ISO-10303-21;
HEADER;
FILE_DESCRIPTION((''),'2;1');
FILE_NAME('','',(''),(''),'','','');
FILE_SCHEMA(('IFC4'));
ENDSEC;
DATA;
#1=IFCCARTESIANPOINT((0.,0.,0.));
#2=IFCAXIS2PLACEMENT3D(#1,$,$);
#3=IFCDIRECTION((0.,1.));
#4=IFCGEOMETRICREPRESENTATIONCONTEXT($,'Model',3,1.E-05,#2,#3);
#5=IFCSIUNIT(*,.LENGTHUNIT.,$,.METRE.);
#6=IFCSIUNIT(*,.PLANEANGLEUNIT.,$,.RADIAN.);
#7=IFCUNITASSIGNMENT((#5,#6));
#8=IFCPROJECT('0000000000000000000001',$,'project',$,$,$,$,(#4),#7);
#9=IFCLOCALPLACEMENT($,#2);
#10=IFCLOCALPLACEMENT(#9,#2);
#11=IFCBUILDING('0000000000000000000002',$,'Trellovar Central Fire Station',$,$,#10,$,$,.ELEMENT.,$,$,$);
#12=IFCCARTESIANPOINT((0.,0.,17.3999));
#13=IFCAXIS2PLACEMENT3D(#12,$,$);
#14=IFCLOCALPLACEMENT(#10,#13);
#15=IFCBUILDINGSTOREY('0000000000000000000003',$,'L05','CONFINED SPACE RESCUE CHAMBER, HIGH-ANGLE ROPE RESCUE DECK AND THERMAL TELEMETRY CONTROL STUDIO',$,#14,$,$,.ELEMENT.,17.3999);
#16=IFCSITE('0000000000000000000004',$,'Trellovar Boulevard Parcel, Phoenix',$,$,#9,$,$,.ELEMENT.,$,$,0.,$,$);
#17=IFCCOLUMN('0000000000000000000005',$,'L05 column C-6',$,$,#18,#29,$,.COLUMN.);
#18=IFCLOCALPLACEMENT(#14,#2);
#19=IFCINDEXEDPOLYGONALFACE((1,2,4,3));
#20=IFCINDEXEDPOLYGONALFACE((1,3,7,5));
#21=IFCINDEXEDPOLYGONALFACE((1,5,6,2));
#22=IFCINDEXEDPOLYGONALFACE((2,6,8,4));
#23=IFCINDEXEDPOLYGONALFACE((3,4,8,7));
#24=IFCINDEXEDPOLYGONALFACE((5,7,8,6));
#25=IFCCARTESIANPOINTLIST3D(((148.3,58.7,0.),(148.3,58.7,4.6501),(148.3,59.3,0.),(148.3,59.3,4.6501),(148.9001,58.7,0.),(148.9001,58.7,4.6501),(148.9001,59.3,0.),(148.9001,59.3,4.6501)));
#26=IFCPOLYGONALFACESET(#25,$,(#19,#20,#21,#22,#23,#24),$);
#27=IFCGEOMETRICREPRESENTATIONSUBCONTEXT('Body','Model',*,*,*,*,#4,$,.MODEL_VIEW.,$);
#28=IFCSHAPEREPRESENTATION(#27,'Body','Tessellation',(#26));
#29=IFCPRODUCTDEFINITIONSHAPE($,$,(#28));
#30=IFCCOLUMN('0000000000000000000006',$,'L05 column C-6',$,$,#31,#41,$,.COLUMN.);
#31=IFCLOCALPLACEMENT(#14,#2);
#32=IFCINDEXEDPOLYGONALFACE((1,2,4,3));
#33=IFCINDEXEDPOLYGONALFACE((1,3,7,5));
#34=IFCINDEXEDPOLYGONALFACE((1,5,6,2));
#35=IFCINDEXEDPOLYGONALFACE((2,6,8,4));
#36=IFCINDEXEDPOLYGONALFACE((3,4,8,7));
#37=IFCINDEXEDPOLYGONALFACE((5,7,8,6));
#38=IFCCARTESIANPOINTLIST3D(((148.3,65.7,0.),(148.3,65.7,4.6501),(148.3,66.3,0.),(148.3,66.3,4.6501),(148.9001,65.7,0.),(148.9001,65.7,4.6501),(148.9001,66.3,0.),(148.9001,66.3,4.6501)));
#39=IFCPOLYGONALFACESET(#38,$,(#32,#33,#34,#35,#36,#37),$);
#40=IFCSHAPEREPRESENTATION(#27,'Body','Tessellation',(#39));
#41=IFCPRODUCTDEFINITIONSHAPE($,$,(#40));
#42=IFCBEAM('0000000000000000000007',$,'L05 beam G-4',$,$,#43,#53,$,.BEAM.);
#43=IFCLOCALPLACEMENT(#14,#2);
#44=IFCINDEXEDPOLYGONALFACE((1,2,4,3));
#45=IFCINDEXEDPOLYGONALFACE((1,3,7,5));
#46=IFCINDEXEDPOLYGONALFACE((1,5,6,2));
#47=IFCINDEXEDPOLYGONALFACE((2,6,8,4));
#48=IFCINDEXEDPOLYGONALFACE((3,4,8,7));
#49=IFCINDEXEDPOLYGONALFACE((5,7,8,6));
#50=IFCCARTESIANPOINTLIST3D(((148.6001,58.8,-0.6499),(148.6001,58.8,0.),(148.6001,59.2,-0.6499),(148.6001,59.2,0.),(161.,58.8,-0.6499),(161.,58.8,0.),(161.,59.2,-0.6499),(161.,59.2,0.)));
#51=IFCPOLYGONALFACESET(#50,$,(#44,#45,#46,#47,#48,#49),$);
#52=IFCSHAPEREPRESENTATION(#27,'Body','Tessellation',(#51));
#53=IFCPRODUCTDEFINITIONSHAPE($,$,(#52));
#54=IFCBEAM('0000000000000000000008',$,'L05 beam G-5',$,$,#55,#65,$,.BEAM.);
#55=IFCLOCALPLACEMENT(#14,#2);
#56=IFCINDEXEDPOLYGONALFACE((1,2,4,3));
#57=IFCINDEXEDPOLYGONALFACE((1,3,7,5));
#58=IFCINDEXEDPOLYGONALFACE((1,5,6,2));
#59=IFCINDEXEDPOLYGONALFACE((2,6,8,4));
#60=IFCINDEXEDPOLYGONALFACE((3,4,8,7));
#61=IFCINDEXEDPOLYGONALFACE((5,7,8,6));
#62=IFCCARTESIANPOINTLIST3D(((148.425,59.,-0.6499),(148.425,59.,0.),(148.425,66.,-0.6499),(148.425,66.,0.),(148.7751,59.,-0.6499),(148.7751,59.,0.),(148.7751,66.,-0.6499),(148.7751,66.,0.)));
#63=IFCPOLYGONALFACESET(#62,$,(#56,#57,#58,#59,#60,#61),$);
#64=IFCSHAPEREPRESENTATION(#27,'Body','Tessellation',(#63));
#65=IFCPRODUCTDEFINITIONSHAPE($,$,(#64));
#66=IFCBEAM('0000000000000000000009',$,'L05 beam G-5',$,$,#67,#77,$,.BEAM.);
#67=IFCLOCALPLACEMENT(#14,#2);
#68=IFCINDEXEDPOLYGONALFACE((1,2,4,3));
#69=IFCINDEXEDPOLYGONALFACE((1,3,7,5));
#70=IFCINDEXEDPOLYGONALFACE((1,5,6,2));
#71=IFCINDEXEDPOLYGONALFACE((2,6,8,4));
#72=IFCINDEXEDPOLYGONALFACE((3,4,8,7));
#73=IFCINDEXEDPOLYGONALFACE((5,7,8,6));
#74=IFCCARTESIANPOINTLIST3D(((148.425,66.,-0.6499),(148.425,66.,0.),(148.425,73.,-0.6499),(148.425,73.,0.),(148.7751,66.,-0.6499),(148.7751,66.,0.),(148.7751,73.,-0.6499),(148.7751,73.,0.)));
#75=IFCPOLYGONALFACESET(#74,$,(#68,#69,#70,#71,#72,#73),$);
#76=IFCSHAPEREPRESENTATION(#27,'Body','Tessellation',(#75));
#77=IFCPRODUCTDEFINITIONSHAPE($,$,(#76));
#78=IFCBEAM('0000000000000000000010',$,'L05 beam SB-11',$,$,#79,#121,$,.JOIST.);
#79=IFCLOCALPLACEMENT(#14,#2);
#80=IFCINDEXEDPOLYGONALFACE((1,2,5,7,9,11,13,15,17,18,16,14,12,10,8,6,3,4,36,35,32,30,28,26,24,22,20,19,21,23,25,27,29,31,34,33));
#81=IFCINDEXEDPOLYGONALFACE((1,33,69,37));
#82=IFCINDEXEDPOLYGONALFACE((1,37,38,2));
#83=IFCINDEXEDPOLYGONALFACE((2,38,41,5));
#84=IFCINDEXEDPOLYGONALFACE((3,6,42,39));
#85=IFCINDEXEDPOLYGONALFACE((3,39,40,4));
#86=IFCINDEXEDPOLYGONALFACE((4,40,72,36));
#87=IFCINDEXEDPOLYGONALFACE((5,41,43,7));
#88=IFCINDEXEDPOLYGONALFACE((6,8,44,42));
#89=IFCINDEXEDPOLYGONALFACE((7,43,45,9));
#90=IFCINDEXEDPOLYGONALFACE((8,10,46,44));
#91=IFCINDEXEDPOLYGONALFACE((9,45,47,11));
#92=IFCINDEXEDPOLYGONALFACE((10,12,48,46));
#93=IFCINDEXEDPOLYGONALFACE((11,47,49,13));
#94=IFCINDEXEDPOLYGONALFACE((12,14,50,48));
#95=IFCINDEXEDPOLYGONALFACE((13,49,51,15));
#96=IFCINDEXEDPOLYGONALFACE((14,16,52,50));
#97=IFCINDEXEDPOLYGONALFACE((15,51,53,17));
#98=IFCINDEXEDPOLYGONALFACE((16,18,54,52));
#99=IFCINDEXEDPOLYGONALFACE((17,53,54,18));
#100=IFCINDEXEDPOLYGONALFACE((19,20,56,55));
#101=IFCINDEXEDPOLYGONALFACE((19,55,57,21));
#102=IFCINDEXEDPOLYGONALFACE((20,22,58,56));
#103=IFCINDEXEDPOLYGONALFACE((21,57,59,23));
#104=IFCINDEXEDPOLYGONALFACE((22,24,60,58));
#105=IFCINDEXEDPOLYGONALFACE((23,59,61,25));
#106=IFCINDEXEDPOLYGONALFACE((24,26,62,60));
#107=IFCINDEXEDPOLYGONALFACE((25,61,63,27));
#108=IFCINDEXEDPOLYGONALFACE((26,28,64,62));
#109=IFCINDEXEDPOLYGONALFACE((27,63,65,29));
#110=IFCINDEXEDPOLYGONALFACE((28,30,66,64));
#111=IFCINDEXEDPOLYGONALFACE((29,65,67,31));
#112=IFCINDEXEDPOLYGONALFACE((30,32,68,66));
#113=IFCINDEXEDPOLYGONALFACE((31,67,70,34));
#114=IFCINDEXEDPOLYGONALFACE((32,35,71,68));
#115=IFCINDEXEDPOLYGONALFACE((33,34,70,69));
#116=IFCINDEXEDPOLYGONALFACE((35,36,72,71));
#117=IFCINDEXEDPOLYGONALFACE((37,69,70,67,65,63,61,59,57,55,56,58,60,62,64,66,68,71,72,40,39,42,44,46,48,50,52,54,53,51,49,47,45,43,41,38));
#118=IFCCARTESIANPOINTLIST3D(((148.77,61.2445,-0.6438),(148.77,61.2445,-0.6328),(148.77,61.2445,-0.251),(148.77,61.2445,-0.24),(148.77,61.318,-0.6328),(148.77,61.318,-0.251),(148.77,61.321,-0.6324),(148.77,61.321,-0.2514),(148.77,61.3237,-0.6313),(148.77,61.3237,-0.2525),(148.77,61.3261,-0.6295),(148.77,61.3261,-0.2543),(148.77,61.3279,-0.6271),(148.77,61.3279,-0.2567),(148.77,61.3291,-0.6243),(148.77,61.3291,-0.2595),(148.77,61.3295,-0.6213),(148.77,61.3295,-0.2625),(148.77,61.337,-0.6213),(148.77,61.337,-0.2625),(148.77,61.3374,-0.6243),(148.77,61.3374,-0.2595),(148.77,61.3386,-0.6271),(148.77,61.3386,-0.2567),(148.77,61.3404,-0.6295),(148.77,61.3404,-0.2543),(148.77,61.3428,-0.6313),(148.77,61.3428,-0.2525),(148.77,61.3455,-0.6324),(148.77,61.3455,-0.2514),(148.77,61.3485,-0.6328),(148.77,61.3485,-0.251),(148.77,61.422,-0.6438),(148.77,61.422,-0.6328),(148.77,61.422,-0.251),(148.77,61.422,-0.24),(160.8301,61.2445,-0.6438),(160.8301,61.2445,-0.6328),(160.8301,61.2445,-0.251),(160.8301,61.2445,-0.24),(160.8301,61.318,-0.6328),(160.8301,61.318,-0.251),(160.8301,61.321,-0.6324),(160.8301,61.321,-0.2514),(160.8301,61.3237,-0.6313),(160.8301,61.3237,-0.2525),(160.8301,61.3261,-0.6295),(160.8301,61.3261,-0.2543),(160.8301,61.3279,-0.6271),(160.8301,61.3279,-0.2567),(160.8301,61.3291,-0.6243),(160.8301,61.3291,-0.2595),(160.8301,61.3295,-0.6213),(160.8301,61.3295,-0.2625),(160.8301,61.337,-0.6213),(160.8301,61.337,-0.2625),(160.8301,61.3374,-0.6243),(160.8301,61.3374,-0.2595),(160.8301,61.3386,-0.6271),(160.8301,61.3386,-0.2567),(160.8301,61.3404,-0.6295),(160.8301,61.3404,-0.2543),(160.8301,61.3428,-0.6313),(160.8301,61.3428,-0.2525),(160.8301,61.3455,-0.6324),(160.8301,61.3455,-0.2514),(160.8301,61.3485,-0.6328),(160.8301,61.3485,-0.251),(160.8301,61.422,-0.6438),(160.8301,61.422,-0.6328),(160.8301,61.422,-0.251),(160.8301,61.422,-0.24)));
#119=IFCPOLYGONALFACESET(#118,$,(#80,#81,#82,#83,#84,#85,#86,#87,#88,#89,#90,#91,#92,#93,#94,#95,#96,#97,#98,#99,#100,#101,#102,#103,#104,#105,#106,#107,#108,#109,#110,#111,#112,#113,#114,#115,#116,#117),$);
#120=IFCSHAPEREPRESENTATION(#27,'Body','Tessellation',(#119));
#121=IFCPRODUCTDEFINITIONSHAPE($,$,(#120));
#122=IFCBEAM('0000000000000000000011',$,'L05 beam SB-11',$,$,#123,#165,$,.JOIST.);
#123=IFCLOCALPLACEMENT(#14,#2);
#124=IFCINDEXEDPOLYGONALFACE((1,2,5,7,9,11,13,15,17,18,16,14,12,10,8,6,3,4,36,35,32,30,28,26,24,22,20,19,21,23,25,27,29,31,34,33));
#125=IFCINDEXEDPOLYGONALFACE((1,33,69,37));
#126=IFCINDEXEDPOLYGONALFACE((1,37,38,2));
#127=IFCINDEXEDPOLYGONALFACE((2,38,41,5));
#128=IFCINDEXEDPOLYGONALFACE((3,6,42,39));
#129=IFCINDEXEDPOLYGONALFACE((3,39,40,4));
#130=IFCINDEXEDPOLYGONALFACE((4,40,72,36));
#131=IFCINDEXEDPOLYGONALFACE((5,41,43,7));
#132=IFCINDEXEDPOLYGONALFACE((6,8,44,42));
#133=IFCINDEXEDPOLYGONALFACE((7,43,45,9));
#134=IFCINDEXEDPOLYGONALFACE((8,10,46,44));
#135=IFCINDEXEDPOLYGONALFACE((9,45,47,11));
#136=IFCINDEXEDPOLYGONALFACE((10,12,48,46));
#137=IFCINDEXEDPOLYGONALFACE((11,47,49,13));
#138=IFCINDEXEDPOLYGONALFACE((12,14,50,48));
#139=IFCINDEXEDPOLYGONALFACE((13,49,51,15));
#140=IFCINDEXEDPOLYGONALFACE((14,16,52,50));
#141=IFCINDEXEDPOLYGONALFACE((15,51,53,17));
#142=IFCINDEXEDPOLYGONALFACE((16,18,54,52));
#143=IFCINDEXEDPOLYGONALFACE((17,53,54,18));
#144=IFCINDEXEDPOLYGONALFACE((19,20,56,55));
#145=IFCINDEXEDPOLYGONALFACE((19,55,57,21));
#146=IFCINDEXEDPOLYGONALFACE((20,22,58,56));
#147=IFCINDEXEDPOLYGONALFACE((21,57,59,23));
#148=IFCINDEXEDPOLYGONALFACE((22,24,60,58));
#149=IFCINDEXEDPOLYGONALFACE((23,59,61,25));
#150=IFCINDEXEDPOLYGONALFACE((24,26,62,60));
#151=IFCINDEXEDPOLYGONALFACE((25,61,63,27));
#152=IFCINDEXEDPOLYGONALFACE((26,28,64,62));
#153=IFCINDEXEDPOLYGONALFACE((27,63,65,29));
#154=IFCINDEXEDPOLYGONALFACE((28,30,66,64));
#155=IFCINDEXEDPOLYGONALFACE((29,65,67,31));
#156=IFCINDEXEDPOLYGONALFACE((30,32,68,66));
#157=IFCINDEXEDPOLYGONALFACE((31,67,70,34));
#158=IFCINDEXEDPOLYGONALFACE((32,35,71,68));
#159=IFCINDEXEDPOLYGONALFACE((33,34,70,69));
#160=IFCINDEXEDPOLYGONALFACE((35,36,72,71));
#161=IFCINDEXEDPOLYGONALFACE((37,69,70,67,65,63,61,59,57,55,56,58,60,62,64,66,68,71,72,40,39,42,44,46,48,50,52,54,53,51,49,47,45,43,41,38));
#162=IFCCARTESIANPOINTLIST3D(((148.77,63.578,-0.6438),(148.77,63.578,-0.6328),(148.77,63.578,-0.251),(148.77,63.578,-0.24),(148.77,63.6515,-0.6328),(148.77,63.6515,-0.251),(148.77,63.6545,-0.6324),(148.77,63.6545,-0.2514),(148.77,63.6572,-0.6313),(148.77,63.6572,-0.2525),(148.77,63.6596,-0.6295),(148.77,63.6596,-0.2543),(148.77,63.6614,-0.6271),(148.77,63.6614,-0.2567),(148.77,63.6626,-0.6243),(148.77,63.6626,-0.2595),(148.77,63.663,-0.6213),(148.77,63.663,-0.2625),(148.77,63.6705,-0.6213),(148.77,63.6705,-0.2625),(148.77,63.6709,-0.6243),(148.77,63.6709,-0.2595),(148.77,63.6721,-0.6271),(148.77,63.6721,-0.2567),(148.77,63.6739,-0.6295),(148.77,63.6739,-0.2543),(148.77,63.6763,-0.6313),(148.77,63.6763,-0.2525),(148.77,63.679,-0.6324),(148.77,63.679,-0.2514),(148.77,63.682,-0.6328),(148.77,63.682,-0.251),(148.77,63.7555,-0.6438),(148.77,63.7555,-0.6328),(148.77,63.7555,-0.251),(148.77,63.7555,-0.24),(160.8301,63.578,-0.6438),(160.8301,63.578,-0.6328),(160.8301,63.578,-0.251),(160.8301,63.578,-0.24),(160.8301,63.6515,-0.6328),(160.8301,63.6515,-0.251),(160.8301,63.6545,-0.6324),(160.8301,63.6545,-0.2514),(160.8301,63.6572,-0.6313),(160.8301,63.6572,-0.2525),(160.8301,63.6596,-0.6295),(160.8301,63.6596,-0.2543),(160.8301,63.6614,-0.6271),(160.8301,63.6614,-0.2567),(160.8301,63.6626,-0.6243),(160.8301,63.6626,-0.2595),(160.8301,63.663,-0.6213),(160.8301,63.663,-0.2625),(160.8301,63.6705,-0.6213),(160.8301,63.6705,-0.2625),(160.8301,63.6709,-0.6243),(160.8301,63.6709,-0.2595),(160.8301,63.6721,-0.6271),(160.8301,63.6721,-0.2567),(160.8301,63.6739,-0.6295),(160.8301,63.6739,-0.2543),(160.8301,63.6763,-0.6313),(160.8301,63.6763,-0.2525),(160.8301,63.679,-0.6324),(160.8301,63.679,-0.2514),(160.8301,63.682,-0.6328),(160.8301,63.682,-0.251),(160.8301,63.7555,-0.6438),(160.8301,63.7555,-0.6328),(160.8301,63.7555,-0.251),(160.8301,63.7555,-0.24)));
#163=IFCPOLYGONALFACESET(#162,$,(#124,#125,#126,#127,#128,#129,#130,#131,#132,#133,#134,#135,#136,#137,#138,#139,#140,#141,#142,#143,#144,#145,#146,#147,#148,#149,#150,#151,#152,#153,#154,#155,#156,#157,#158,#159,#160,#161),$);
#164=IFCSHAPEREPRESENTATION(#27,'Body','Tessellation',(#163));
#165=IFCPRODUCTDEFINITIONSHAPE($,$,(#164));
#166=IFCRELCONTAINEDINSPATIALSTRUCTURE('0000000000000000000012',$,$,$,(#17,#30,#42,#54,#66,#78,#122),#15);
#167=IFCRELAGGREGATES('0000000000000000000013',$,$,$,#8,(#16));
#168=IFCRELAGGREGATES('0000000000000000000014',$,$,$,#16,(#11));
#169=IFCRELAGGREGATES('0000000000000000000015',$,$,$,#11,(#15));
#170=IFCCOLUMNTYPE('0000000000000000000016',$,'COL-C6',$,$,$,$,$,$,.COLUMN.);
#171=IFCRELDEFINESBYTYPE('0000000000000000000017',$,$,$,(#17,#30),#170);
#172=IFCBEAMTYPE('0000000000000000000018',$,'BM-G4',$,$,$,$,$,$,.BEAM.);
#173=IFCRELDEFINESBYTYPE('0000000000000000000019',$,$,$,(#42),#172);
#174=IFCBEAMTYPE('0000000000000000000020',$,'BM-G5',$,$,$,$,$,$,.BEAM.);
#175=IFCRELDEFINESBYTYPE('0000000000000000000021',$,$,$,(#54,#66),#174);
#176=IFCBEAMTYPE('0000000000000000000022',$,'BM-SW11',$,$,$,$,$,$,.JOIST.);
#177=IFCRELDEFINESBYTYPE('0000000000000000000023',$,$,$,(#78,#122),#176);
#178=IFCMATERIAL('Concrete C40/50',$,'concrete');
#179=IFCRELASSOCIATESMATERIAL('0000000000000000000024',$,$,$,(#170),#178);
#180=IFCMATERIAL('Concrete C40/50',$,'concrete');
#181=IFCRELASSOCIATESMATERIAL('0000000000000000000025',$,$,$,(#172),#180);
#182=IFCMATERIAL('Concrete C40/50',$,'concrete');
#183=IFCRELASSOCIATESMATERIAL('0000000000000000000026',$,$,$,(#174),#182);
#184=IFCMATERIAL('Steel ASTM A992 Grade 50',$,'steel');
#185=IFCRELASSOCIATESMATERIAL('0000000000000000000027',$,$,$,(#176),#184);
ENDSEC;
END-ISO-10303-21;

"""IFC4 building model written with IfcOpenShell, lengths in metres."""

from ifc_helpers import new_model, si_unit, direction, frame, origin, origin_2d, place, context, subcontext, project, spatial, rectangle, i_section, extrude, material, material_profile, profile_set, type_object, element, save


model = new_model("IFC4")

# Units and contexts
model_context = context("Model", 3, precision=1e-05, world=origin(), true_north=direction((0.0, 1.0)))
body_context = subcontext(model_context, "Body", "Model", "MODEL_VIEW")
ifc_project = project(units=[si_unit("LENGTHUNIT", "METRE"), si_unit("PLANEANGLEUNIT", "RADIAN")], contexts=[model_context])

# Site, building, storey
site_placement = place(None, origin())
site = spatial("IfcSite", under=ifc_project, at=site_placement, Name="Trellovar Boulevard Parcel, Phoenix", CompositionType="ELEMENT", RefElevation=0.0)
building_placement = place(site_placement, origin())
building = spatial("IfcBuilding", under=site, at=building_placement, Name="Trellovar Central Fire Station", CompositionType="ELEMENT")
storey_placement = place(building_placement, frame((0.0, 0.0, 17.3999)))
storey = spatial("IfcBuildingStorey", under=building, at=storey_placement, Name="L05", Description="CONFINED SPACE RESCUE CHAMBER, HIGH-ANGLE ROPE RESCUE DECK AND THERMAL TELEMETRY CONTROL STUDIO", CompositionType="ELEMENT", Elevation=17.3999)

# Columns
ifc_material_1 = material(Name="Concrete C40/50", Category="concrete")
ifc_material_profile_1 = material_profile(ifc_material_1, rectangle(XDim=0.6001, YDim=0.6001, at=origin_2d()), Name="RC600X600")
ifc_profile_set_1 = profile_set([ifc_material_profile_1], Name="Concrete C40/50")
column_type = type_object("IfcColumnType", Name="COL-C6", PredefinedType="COLUMN", material=ifc_profile_set_1)
for number, where, z_axis, x_axis, name in (
    (1, (148.6001, 59.0, 0.0), (0.0, 0.0, 1.0), (1.0, 0.0, 0.0), "L05 column C-6"),
    (2, (148.6001, 66.0, 0.0), (0.0, 0.0, 1.0), (1.0, 0.0, 0.0), "L05 column C-6"),
):
    element("IfcColumn", number, at=place(storey_placement, frame(where, z_axis=z_axis, x_axis=x_axis)), inside=storey, type_object=column_type, Name=name, PredefinedType="COLUMN", context=body_context, shape_type="SweptSolid", body=[
        extrude(rectangle(XDim=0.6001, YDim=0.6001, at=origin_2d()), origin(), (0.0, 0.0, 1.0), 4.6501),
    ])

# Beams
ifc_material_2 = material(Name="Concrete C40/50", Category="concrete")
ifc_material_profile_2 = material_profile(ifc_material_2, rectangle(XDim=0.3999, YDim=0.6499, at=origin_2d()), Name="RC400X650")
ifc_profile_set_2 = profile_set([ifc_material_profile_2], Name="Concrete C40/50")
beam_type_1 = type_object("IfcBeamType", Name="BM-G4", PredefinedType="BEAM", material=ifc_profile_set_2)
beam_1_placement = place(storey_placement, frame((148.6001, 59.0, -0.325), z_axis=(1.0, 0.0, 0.0), x_axis=(0.0, 1.0, 0.0)))
element("IfcBeam", 3, at=beam_1_placement, inside=storey, type_object=beam_type_1, Name="L05 beam G-4", PredefinedType="BEAM", context=body_context, shape_type="SweptSolid", body=[
    extrude(rectangle(XDim=0.3999, YDim=0.6499, at=origin_2d()), origin(), (0.0, 0.0, 1.0), 12.3999),
])
ifc_material_3 = material(Name="Concrete C40/50", Category="concrete")
ifc_material_profile_3 = material_profile(ifc_material_3, rectangle(XDim=0.3501, YDim=0.6499, at=origin_2d()), Name="RC350X650")
ifc_profile_set_3 = profile_set([ifc_material_profile_3], Name="Concrete C40/50")
beam_type_2 = type_object("IfcBeamType", Name="BM-G5", PredefinedType="BEAM", material=ifc_profile_set_3)
for number, where, z_axis, x_axis, name in (
    (4, (148.6001, 59.0, -0.325), (0.0, 1.0, 0.0), (-1.0, 0.0, 0.0), "L05 beam G-5"),
    (5, (148.6001, 66.0, -0.325), (0.0, 1.0, 0.0), (-1.0, 0.0, 0.0), "L05 beam G-5"),
):
    element("IfcBeam", number, at=place(storey_placement, frame(where, z_axis=z_axis, x_axis=x_axis)), inside=storey, type_object=beam_type_2, Name=name, PredefinedType="BEAM", context=body_context, shape_type="SweptSolid", body=[
        extrude(rectangle(XDim=0.3501, YDim=0.6499, at=origin_2d()), origin(), (0.0, 0.0, 1.0), 7.0),
    ])
ifc_material_4 = material(Name="Steel ASTM A992 Grade 50", Category="steel")
ifc_material_profile_4 = material_profile(ifc_material_4, i_section(OverallWidth=0.1775, OverallDepth=0.4038, WebThickness=0.0076, FlangeThickness=0.011, FilletRadius=0.0115, at=origin_2d()), Name="W16X36")
ifc_profile_set_4 = profile_set([ifc_material_profile_4], Name="Steel ASTM A992 Grade 50")
beam_type_3 = type_object("IfcBeamType", Name="BM-SW11", PredefinedType="JOIST", material=ifc_profile_set_4)
for number, where, z_axis, x_axis, name in (
    (6, (148.77, 61.3333, -0.4419), (1.0, 0.0, 0.0), (0.0, 1.0, 0.0), "L05 beam SB-11"),
    (7, (148.77, 63.6667, -0.4419), (1.0, 0.0, 0.0), (0.0, 1.0, 0.0), "L05 beam SB-11"),
):
    element("IfcBeam", number, at=place(storey_placement, frame(where, z_axis=z_axis, x_axis=x_axis)), inside=storey, type_object=beam_type_3, Name=name, PredefinedType="JOIST", context=body_context, shape_type="SweptSolid", body=[
        extrude(i_section(OverallWidth=0.1775, OverallDepth=0.4038, WebThickness=0.0076, FlangeThickness=0.011, FilletRadius=0.0115, at=origin_2d()), origin(), (0.0, 0.0, 1.0), 12.0601),
    ])

save(model, "model.ifc")
